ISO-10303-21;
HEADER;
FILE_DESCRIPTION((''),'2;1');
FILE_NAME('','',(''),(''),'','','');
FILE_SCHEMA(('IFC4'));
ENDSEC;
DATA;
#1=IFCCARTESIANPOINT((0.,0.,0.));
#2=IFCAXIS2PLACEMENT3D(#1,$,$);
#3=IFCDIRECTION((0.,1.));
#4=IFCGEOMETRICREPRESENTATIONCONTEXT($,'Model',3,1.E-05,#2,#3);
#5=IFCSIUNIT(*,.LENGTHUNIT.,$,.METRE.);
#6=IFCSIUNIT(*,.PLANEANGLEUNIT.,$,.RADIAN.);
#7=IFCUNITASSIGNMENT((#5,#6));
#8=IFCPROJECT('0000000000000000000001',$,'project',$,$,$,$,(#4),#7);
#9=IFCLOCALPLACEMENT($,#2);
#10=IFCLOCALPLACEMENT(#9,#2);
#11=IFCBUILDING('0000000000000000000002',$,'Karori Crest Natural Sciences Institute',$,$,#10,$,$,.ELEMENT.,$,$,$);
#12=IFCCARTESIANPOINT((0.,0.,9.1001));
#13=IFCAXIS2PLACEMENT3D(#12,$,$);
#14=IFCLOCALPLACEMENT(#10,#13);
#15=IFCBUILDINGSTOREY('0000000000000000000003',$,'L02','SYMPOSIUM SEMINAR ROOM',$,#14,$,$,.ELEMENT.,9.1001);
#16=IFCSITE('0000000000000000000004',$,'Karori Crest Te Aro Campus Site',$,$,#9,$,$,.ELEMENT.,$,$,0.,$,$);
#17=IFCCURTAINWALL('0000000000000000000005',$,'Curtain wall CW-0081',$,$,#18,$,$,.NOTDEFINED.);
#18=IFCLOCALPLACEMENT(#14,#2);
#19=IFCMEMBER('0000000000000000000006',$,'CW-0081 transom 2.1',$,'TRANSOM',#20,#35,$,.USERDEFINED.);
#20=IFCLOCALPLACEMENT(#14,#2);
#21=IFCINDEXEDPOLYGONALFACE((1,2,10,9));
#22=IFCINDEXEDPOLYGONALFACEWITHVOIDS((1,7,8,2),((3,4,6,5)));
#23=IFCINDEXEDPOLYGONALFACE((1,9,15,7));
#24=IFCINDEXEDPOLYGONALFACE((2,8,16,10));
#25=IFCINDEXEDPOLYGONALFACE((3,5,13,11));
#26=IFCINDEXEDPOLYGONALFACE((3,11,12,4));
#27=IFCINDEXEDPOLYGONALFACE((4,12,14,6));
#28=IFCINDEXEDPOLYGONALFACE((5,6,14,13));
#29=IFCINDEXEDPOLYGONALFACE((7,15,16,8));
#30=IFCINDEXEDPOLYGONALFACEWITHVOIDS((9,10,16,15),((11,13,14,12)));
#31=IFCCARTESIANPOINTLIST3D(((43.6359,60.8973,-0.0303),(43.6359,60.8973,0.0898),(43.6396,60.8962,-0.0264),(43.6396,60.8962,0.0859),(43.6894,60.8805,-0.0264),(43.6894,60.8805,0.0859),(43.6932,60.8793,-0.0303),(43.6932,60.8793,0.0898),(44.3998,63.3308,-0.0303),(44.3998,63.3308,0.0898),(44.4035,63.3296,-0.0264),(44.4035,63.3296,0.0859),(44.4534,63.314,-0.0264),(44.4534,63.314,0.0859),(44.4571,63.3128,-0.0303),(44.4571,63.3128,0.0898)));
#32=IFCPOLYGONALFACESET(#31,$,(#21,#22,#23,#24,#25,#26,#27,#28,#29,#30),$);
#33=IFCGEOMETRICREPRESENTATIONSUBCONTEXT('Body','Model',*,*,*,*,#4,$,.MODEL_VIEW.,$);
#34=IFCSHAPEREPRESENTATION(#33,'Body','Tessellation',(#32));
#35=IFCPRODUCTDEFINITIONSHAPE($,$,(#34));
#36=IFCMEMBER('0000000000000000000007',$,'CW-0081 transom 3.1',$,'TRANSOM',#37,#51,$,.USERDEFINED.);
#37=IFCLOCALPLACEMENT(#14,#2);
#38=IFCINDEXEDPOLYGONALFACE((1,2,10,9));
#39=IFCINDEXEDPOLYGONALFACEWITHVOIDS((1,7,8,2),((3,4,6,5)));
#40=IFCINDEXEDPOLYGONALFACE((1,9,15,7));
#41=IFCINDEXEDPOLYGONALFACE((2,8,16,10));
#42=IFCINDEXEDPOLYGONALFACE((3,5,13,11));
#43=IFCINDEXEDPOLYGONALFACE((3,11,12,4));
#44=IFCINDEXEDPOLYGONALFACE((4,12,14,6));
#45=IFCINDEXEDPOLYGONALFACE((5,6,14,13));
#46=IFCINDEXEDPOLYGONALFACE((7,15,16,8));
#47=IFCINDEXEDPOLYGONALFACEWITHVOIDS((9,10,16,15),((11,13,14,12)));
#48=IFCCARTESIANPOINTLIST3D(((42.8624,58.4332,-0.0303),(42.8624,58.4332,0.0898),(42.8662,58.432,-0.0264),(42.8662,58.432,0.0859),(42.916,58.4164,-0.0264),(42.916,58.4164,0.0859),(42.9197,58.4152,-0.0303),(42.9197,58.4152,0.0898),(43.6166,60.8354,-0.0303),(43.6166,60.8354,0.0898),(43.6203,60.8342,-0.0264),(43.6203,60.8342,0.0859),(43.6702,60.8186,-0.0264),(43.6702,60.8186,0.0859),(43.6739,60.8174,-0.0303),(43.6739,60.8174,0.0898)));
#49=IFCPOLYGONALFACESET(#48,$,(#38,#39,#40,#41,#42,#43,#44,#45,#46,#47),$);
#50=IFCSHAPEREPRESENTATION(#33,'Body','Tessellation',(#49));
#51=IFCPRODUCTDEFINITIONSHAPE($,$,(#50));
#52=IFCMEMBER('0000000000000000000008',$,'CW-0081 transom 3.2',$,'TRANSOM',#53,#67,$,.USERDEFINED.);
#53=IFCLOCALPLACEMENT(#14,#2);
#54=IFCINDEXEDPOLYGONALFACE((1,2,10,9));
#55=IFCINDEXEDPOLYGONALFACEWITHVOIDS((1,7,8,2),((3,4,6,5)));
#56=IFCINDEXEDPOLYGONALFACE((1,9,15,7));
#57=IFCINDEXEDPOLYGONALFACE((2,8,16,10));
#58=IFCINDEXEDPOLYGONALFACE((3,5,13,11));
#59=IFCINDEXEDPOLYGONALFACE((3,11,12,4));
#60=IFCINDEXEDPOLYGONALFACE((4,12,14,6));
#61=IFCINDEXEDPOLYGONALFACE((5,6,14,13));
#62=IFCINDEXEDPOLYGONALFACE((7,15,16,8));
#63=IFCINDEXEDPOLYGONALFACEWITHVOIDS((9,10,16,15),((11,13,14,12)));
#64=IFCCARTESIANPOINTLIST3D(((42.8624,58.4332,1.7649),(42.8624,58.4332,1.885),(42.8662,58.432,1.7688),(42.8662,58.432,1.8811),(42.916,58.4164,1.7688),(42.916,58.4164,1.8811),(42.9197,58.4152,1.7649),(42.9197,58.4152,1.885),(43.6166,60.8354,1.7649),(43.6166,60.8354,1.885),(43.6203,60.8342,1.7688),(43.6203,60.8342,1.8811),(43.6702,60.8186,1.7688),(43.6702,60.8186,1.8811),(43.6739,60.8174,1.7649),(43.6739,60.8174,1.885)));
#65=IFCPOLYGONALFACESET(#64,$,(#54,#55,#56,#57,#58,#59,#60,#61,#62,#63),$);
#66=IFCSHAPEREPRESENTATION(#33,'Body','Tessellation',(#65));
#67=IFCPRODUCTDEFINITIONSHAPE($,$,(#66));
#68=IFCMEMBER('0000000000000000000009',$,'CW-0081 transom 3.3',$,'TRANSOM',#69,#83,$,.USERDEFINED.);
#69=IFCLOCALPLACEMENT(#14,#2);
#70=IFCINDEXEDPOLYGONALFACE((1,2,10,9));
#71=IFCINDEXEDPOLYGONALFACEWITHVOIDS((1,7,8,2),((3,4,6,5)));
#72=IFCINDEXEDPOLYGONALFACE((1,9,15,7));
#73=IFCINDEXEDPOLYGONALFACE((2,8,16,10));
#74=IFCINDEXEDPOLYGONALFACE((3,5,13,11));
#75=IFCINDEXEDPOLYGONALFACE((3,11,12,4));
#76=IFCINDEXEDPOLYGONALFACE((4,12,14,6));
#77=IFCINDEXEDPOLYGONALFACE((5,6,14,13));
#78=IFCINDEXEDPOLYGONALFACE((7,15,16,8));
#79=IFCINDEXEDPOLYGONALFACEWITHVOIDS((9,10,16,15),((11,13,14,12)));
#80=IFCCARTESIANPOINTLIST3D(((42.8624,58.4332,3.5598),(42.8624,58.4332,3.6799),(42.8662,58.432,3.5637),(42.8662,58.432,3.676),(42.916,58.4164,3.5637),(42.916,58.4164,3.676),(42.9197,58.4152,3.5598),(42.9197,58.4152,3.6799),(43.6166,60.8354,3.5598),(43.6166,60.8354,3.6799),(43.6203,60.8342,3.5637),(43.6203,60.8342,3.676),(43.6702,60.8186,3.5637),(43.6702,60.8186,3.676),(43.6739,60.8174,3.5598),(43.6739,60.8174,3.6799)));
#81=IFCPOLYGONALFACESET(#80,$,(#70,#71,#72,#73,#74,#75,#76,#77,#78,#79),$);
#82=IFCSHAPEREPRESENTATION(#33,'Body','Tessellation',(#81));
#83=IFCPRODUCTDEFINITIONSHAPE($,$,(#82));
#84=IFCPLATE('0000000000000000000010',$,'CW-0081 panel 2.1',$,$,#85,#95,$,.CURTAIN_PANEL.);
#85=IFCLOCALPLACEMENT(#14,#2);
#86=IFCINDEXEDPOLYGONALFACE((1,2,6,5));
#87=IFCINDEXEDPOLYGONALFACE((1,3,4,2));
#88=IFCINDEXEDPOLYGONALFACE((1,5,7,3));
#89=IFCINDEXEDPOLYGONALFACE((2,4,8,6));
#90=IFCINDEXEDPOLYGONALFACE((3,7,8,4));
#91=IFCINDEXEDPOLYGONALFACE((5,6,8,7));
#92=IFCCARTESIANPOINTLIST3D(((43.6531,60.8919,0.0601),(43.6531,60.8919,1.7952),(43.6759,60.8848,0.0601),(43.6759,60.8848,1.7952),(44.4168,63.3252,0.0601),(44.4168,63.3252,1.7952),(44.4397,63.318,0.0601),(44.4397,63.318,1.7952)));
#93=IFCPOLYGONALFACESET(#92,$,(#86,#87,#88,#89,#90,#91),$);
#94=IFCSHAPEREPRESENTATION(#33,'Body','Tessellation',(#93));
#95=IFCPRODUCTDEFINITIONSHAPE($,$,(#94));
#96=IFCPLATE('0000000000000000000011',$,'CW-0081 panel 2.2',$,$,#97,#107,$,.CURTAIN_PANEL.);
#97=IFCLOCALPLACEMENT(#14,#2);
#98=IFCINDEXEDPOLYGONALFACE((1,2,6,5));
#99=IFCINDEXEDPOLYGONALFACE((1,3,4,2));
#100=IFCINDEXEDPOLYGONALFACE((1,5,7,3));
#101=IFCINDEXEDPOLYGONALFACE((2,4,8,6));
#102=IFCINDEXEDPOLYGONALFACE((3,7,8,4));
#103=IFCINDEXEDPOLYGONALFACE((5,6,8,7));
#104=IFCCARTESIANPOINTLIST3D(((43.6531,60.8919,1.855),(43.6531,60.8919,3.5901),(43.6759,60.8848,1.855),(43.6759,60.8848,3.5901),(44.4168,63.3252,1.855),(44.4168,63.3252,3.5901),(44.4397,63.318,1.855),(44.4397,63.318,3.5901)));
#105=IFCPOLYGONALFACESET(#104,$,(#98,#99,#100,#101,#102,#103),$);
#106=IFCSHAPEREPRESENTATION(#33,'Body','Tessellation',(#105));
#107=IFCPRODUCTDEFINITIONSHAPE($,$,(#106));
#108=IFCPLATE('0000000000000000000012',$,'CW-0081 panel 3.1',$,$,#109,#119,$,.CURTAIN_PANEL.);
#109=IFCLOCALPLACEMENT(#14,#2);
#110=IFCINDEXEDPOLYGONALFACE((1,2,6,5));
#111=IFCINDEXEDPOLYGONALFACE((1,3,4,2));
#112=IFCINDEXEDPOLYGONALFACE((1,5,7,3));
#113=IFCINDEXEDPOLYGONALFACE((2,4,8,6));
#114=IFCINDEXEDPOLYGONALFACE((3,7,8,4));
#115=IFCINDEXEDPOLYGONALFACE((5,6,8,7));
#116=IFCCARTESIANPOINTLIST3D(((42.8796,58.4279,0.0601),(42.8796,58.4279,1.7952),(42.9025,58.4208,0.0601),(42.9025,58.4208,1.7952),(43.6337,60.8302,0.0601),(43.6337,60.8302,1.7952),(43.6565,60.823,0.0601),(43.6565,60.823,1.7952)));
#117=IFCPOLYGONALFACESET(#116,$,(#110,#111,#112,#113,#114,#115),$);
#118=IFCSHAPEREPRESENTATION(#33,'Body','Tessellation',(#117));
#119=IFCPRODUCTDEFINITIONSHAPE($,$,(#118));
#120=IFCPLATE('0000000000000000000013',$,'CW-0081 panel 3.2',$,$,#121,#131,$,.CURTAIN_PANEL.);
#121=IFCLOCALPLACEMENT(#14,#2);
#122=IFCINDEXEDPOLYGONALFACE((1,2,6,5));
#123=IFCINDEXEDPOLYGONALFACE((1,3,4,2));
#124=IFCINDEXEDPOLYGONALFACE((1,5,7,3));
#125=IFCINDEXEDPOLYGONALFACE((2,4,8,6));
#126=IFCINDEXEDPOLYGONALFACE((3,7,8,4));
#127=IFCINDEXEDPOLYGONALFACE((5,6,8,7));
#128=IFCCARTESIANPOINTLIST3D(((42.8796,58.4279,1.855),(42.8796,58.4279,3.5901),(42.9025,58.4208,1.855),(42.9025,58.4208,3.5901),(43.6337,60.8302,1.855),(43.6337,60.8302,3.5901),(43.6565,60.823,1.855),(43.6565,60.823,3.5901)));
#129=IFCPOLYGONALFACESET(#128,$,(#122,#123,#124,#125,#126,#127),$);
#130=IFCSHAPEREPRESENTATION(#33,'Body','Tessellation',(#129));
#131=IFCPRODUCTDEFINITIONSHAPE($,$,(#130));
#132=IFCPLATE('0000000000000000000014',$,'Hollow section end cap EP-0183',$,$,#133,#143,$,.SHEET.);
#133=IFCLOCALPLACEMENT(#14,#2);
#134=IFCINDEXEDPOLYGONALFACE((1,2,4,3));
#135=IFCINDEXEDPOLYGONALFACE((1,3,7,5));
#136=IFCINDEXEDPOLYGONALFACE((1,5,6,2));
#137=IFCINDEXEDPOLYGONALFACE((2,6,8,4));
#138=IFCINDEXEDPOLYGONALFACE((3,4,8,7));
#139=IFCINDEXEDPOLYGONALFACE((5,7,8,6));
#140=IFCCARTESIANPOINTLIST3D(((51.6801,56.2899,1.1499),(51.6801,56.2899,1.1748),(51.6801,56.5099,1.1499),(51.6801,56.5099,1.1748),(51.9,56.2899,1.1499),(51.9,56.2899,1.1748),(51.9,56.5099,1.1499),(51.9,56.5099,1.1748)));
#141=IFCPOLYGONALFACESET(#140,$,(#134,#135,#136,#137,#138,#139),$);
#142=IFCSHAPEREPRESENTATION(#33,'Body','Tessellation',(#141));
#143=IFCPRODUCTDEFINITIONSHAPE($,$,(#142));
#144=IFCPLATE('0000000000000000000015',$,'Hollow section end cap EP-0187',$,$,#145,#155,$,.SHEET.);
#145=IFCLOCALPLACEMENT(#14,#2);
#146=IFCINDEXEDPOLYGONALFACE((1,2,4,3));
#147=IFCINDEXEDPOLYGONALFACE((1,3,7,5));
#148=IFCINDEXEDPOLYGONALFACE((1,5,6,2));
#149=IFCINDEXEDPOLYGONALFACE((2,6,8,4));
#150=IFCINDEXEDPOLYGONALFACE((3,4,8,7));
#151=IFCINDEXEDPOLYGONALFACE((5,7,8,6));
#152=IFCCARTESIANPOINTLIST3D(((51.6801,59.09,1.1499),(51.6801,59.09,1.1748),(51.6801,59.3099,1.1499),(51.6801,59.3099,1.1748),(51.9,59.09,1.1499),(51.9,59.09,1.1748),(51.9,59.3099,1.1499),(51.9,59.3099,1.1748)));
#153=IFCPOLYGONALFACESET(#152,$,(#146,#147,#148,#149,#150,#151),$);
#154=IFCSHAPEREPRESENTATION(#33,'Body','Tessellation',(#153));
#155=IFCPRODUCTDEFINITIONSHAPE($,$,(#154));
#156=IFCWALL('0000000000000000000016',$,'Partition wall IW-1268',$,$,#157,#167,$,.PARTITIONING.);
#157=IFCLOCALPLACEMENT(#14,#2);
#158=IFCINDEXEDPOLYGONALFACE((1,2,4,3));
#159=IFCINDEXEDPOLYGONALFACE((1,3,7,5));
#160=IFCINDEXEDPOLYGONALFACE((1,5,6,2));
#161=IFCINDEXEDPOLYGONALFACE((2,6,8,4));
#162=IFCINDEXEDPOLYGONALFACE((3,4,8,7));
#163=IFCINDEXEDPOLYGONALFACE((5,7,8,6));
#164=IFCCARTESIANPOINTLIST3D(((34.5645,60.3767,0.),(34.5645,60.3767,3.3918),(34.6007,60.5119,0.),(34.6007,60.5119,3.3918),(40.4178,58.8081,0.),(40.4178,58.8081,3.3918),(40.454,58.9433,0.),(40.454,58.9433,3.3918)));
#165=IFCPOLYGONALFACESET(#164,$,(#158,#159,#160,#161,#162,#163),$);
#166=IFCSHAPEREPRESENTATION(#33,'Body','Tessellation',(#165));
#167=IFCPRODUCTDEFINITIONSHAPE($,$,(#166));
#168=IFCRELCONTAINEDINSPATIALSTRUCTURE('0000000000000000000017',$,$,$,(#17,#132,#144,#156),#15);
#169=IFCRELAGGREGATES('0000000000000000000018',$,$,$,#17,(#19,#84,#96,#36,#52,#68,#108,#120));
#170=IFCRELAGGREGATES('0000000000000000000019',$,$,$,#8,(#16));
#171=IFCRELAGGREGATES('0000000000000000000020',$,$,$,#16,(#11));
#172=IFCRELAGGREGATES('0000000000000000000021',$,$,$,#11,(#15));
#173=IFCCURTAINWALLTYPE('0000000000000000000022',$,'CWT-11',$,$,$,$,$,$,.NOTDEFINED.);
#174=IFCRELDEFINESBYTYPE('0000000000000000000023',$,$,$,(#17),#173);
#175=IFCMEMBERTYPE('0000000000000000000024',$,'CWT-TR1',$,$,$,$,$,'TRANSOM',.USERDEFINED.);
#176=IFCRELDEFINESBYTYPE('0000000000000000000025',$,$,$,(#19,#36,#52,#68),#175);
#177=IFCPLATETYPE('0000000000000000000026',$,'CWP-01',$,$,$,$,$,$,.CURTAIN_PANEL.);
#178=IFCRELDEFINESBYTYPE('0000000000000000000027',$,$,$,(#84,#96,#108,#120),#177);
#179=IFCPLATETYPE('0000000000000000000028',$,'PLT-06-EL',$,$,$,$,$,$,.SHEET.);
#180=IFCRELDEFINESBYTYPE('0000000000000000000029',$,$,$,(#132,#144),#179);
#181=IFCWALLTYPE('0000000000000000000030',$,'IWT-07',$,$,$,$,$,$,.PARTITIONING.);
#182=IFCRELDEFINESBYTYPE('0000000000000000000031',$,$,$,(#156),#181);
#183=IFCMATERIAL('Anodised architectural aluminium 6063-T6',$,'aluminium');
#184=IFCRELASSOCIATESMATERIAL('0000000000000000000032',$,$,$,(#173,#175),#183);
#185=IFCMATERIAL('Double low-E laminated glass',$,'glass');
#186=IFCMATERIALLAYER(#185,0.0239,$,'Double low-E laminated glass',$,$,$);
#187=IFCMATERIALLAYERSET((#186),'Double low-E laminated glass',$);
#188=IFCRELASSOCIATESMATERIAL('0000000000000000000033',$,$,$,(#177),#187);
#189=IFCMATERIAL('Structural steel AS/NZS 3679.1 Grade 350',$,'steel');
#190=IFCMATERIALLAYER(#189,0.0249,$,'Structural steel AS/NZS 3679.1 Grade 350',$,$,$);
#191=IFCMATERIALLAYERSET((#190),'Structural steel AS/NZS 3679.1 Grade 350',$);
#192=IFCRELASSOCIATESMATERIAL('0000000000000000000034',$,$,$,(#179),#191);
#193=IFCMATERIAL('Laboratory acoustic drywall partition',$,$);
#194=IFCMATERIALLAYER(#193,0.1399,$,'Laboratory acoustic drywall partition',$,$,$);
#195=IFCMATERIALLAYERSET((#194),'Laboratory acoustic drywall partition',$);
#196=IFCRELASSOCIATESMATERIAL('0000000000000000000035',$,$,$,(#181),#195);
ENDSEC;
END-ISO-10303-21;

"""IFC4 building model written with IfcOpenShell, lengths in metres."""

from ifc_helpers import new_model, si_unit, direction, frame, frame_2d, origin, origin_2d, place, context, subcontext, project, spatial, rectangle, hollow_rectangle, extrude, material, layer, layer_set, material_profile, profile_set, type_object, element, aggregate, save


model = new_model("IFC4")

# Units and contexts
model_context = context("Model", 3, precision=1e-05, world=origin(), true_north=direction((0.0, 1.0)))
body_context = subcontext(model_context, "Body", "Model", "MODEL_VIEW")
ifc_project = project(units=[si_unit("LENGTHUNIT", "METRE"), si_unit("PLANEANGLEUNIT", "RADIAN")], contexts=[model_context])

# Site, building, storey
site_placement = place(None, origin())
site = spatial("IfcSite", under=ifc_project, at=site_placement, Name="Karori Crest Te Aro Campus Site", CompositionType="ELEMENT", RefElevation=0.0)
building_placement = place(site_placement, origin())
building = spatial("IfcBuilding", under=site, at=building_placement, Name="Karori Crest Natural Sciences Institute", CompositionType="ELEMENT")
storey_placement = place(building_placement, frame((0.0, 0.0, 9.1001)))
storey = spatial("IfcBuildingStorey", under=building, at=storey_placement, Name="L02", Description="SYMPOSIUM SEMINAR ROOM", CompositionType="ELEMENT", Elevation=9.1001)

# Shared definitions
ifc_material_1 = material(Name="Structural steel AS/NZS 3679.1 Grade 350", Category="steel")

# Curtain wall, members, plates
ifc_material_2 = material(Name="Anodised architectural aluminium 6063-T6", Category="aluminium")
curtain_wall_type = type_object("IfcCurtainWallType", Name="CWT-11", PredefinedType="NOTDEFINED", material=ifc_material_2)
curtain_wall_placement = place(storey_placement, origin())
curtain_wall = element("IfcCurtainWall", 1, at=curtain_wall_placement, inside=storey, type_object=curtain_wall_type, Name="Curtain wall CW-0081", PredefinedType="NOTDEFINED")
ifc_material_profile_1 = material_profile(ifc_material_2, hollow_rectangle(XDim=0.0601, YDim=0.1201, WallThickness=0.0039, at=origin_2d()), Name="CWT120x60x4")
ifc_profile_set_1 = profile_set([ifc_material_profile_1], Name="Anodised architectural aluminium 6063-T6")
member_type_1 = type_object("IfcMemberType", Name="CWT-TR1", ElementType="TRANSOM", PredefinedType="USERDEFINED", material=ifc_profile_set_1)
member_1_placement = place(storey_placement, frame((44.4285, 63.3218, 0.0298), z_axis=(-0.299523, -0.954089, 0.0), x_axis=(0.954089, -0.299523, 0.0)))
member_1 = element("IfcMember", 2, at=member_1_placement, type_object=member_type_1, Name="CW-0081 transom 2.1", ObjectType="TRANSOM", PredefinedType="USERDEFINED", context=body_context, shape_type="SweptSolid", body=[
    extrude(hollow_rectangle(XDim=0.0601, YDim=0.1201, WallThickness=0.0039, at=origin_2d()), origin(), (0.0, 0.0, 1.0), 2.5505),
])
member_2_placement = place(storey_placement, frame((43.6453, 60.8264, 0.0298), z_axis=(-0.299539, -0.954084, 0.0), x_axis=(0.954084, -0.299539, 0.0)))
member_2 = element("IfcMember", 3, at=member_2_placement, type_object=member_type_1, Name="CW-0081 transom 3.1", ObjectType="TRANSOM", PredefinedType="USERDEFINED", context=body_context, shape_type="SweptSolid", body=[
    extrude(hollow_rectangle(XDim=0.0601, YDim=0.1201, WallThickness=0.0039, at=origin_2d()), origin(), (0.0, 0.0, 1.0), 2.5178),
])
member_3_placement = place(storey_placement, frame((43.6453, 60.8264, 1.825), z_axis=(-0.299539, -0.954084, 0.0), x_axis=(0.954084, -0.299539, 0.0)))
member_3 = element("IfcMember", 4, at=member_3_placement, type_object=member_type_1, Name="CW-0081 transom 3.2", ObjectType="TRANSOM", PredefinedType="USERDEFINED", context=body_context, shape_type="SweptSolid", body=[
    extrude(hollow_rectangle(XDim=0.0601, YDim=0.1201, WallThickness=0.0039, at=origin_2d()), origin(), (0.0, 0.0, 1.0), 2.5178),
])
member_4_placement = place(storey_placement, frame((43.6453, 60.8264, 3.6199), z_axis=(-0.299539, -0.954084, 0.0), x_axis=(0.954084, -0.299539, 0.0)))
member_4 = element("IfcMember", 5, at=member_4_placement, type_object=member_type_1, Name="CW-0081 transom 3.3", ObjectType="TRANSOM", PredefinedType="USERDEFINED", context=body_context, shape_type="SweptSolid", body=[
    extrude(hollow_rectangle(XDim=0.0601, YDim=0.1201, WallThickness=0.0039, at=origin_2d()), origin(), (0.0, 0.0, 1.0), 2.5178),
])
ifc_material_3 = material(Name="Double low-E laminated glass", Category="glass")
ifc_layer_1 = layer(ifc_material_3, 0.0239, Name="Double low-E laminated glass")
ifc_layer_set_1 = layer_set([ifc_layer_1], Name="Double low-E laminated glass")
plate_type_1 = type_object("IfcPlateType", Name="CWP-01", PredefinedType="CURTAIN_PANEL", material=ifc_layer_set_1)
plate_1_placement = place(storey_placement, frame((44.0464, 62.105, 0.0601), z_axis=(0.0, 0.0, 1.0), x_axis=(-0.299477, -0.954104, 0.0)))
plate_1 = element("IfcPlate", 6, at=plate_1_placement, type_object=plate_type_1, Name="CW-0081 panel 2.1", PredefinedType="CURTAIN_PANEL", context=body_context, shape_type="SweptSolid", body=[
    extrude(rectangle(XDim=2.5503, YDim=0.0239, at=origin_2d()), origin(), (0.0, 0.0, 1.0), 1.7351),
])
plate_2_placement = place(storey_placement, frame((44.0464, 62.105, 1.855), z_axis=(0.0, 0.0, 1.0), x_axis=(-0.299477, -0.954104, 0.0)))
plate_2 = element("IfcPlate", 7, at=plate_2_placement, type_object=plate_type_1, Name="CW-0081 panel 2.2", PredefinedType="CURTAIN_PANEL", context=body_context, shape_type="SweptSolid", body=[
    extrude(rectangle(XDim=2.5503, YDim=0.0239, at=origin_2d()), origin(), (0.0, 0.0, 1.0), 1.7351),
])
plate_3_placement = place(storey_placement, frame((43.2681, 59.6255, 0.0601), z_axis=(0.0, 0.0, 1.0), x_axis=(-0.299477, -0.954104, 0.0)))
plate_3 = element("IfcPlate", 8, at=plate_3_placement, type_object=plate_type_1, Name="CW-0081 panel 3.1", PredefinedType="CURTAIN_PANEL", context=body_context, shape_type="SweptSolid", body=[
    extrude(rectangle(XDim=2.5178, YDim=0.0239, at=origin_2d()), origin(), (0.0, 0.0, 1.0), 1.7351),
])
plate_4_placement = place(storey_placement, frame((43.2681, 59.6255, 1.855), z_axis=(0.0, 0.0, 1.0), x_axis=(-0.299477, -0.954104, 0.0)))
plate_4 = element("IfcPlate", 9, at=plate_4_placement, type_object=plate_type_1, Name="CW-0081 panel 3.2", PredefinedType="CURTAIN_PANEL", context=body_context, shape_type="SweptSolid", body=[
    extrude(rectangle(XDim=2.5178, YDim=0.0239, at=origin_2d()), origin(), (0.0, 0.0, 1.0), 1.7351),
])
aggregate(curtain_wall, [member_1, plate_1, plate_2, member_2, member_3, member_4, plate_3, plate_4])

# Plates
ifc_layer_2 = layer(ifc_material_1, 0.0249, Name="Structural steel AS/NZS 3679.1 Grade 350")
ifc_layer_set_2 = layer_set([ifc_layer_2], Name="Structural steel AS/NZS 3679.1 Grade 350")
plate_type_2 = type_object("IfcPlateType", Name="PLT-06-EL", PredefinedType="SHEET", material=ifc_layer_set_2)
for number, where, z_axis, x_axis, name in (
    (10, (51.79, 56.3999, 1.1499), (0.0, 0.0, 1.0), (1.0, 0.0, 0.0), "Hollow section end cap EP-0183"),
    (11, (51.79, 59.2, 1.1499), (0.0, 0.0, 1.0), (1.0, 0.0, 0.0), "Hollow section end cap EP-0187"),
):
    element("IfcPlate", number, at=place(storey_placement, frame(where, z_axis=z_axis, x_axis=x_axis)), inside=storey, type_object=plate_type_2, Name=name, PredefinedType="SHEET", context=body_context, shape_type="SweptSolid", body=[
        extrude(rectangle(XDim=0.22, YDim=0.22, at=origin_2d()), origin(), (0.0, 0.0, 1.0), 0.0249),
    ])

# Wall
ifc_material_4 = material(Name="Laboratory acoustic drywall partition")
ifc_layer_3 = layer(ifc_material_4, 0.1399, Name="Laboratory acoustic drywall partition")
ifc_layer_set_3 = layer_set([ifc_layer_3], Name="Laboratory acoustic drywall partition")
wall_type_1 = type_object("IfcWallType", Name="IWT-07", PredefinedType="PARTITIONING", material=ifc_layer_set_3)
wall_1_placement = place(storey_placement, frame((40.4358, 58.8757, 0.0), z_axis=(0.0, 0.0, 1.0), x_axis=(-0.965917, 0.258854, 0.0)))
element("IfcWall", 12, at=wall_1_placement, inside=storey, type_object=wall_type_1, Name="Partition wall IW-1268", PredefinedType="PARTITIONING", context=body_context, shape_type="SweptSolid", body=[
    extrude(rectangle(XDim=6.0598, YDim=0.1399, at=frame_2d((3.0298, 0.0))), origin(), (0.0, 0.0, 1.0), 3.3918),
])

save(model, "model.ifc")
